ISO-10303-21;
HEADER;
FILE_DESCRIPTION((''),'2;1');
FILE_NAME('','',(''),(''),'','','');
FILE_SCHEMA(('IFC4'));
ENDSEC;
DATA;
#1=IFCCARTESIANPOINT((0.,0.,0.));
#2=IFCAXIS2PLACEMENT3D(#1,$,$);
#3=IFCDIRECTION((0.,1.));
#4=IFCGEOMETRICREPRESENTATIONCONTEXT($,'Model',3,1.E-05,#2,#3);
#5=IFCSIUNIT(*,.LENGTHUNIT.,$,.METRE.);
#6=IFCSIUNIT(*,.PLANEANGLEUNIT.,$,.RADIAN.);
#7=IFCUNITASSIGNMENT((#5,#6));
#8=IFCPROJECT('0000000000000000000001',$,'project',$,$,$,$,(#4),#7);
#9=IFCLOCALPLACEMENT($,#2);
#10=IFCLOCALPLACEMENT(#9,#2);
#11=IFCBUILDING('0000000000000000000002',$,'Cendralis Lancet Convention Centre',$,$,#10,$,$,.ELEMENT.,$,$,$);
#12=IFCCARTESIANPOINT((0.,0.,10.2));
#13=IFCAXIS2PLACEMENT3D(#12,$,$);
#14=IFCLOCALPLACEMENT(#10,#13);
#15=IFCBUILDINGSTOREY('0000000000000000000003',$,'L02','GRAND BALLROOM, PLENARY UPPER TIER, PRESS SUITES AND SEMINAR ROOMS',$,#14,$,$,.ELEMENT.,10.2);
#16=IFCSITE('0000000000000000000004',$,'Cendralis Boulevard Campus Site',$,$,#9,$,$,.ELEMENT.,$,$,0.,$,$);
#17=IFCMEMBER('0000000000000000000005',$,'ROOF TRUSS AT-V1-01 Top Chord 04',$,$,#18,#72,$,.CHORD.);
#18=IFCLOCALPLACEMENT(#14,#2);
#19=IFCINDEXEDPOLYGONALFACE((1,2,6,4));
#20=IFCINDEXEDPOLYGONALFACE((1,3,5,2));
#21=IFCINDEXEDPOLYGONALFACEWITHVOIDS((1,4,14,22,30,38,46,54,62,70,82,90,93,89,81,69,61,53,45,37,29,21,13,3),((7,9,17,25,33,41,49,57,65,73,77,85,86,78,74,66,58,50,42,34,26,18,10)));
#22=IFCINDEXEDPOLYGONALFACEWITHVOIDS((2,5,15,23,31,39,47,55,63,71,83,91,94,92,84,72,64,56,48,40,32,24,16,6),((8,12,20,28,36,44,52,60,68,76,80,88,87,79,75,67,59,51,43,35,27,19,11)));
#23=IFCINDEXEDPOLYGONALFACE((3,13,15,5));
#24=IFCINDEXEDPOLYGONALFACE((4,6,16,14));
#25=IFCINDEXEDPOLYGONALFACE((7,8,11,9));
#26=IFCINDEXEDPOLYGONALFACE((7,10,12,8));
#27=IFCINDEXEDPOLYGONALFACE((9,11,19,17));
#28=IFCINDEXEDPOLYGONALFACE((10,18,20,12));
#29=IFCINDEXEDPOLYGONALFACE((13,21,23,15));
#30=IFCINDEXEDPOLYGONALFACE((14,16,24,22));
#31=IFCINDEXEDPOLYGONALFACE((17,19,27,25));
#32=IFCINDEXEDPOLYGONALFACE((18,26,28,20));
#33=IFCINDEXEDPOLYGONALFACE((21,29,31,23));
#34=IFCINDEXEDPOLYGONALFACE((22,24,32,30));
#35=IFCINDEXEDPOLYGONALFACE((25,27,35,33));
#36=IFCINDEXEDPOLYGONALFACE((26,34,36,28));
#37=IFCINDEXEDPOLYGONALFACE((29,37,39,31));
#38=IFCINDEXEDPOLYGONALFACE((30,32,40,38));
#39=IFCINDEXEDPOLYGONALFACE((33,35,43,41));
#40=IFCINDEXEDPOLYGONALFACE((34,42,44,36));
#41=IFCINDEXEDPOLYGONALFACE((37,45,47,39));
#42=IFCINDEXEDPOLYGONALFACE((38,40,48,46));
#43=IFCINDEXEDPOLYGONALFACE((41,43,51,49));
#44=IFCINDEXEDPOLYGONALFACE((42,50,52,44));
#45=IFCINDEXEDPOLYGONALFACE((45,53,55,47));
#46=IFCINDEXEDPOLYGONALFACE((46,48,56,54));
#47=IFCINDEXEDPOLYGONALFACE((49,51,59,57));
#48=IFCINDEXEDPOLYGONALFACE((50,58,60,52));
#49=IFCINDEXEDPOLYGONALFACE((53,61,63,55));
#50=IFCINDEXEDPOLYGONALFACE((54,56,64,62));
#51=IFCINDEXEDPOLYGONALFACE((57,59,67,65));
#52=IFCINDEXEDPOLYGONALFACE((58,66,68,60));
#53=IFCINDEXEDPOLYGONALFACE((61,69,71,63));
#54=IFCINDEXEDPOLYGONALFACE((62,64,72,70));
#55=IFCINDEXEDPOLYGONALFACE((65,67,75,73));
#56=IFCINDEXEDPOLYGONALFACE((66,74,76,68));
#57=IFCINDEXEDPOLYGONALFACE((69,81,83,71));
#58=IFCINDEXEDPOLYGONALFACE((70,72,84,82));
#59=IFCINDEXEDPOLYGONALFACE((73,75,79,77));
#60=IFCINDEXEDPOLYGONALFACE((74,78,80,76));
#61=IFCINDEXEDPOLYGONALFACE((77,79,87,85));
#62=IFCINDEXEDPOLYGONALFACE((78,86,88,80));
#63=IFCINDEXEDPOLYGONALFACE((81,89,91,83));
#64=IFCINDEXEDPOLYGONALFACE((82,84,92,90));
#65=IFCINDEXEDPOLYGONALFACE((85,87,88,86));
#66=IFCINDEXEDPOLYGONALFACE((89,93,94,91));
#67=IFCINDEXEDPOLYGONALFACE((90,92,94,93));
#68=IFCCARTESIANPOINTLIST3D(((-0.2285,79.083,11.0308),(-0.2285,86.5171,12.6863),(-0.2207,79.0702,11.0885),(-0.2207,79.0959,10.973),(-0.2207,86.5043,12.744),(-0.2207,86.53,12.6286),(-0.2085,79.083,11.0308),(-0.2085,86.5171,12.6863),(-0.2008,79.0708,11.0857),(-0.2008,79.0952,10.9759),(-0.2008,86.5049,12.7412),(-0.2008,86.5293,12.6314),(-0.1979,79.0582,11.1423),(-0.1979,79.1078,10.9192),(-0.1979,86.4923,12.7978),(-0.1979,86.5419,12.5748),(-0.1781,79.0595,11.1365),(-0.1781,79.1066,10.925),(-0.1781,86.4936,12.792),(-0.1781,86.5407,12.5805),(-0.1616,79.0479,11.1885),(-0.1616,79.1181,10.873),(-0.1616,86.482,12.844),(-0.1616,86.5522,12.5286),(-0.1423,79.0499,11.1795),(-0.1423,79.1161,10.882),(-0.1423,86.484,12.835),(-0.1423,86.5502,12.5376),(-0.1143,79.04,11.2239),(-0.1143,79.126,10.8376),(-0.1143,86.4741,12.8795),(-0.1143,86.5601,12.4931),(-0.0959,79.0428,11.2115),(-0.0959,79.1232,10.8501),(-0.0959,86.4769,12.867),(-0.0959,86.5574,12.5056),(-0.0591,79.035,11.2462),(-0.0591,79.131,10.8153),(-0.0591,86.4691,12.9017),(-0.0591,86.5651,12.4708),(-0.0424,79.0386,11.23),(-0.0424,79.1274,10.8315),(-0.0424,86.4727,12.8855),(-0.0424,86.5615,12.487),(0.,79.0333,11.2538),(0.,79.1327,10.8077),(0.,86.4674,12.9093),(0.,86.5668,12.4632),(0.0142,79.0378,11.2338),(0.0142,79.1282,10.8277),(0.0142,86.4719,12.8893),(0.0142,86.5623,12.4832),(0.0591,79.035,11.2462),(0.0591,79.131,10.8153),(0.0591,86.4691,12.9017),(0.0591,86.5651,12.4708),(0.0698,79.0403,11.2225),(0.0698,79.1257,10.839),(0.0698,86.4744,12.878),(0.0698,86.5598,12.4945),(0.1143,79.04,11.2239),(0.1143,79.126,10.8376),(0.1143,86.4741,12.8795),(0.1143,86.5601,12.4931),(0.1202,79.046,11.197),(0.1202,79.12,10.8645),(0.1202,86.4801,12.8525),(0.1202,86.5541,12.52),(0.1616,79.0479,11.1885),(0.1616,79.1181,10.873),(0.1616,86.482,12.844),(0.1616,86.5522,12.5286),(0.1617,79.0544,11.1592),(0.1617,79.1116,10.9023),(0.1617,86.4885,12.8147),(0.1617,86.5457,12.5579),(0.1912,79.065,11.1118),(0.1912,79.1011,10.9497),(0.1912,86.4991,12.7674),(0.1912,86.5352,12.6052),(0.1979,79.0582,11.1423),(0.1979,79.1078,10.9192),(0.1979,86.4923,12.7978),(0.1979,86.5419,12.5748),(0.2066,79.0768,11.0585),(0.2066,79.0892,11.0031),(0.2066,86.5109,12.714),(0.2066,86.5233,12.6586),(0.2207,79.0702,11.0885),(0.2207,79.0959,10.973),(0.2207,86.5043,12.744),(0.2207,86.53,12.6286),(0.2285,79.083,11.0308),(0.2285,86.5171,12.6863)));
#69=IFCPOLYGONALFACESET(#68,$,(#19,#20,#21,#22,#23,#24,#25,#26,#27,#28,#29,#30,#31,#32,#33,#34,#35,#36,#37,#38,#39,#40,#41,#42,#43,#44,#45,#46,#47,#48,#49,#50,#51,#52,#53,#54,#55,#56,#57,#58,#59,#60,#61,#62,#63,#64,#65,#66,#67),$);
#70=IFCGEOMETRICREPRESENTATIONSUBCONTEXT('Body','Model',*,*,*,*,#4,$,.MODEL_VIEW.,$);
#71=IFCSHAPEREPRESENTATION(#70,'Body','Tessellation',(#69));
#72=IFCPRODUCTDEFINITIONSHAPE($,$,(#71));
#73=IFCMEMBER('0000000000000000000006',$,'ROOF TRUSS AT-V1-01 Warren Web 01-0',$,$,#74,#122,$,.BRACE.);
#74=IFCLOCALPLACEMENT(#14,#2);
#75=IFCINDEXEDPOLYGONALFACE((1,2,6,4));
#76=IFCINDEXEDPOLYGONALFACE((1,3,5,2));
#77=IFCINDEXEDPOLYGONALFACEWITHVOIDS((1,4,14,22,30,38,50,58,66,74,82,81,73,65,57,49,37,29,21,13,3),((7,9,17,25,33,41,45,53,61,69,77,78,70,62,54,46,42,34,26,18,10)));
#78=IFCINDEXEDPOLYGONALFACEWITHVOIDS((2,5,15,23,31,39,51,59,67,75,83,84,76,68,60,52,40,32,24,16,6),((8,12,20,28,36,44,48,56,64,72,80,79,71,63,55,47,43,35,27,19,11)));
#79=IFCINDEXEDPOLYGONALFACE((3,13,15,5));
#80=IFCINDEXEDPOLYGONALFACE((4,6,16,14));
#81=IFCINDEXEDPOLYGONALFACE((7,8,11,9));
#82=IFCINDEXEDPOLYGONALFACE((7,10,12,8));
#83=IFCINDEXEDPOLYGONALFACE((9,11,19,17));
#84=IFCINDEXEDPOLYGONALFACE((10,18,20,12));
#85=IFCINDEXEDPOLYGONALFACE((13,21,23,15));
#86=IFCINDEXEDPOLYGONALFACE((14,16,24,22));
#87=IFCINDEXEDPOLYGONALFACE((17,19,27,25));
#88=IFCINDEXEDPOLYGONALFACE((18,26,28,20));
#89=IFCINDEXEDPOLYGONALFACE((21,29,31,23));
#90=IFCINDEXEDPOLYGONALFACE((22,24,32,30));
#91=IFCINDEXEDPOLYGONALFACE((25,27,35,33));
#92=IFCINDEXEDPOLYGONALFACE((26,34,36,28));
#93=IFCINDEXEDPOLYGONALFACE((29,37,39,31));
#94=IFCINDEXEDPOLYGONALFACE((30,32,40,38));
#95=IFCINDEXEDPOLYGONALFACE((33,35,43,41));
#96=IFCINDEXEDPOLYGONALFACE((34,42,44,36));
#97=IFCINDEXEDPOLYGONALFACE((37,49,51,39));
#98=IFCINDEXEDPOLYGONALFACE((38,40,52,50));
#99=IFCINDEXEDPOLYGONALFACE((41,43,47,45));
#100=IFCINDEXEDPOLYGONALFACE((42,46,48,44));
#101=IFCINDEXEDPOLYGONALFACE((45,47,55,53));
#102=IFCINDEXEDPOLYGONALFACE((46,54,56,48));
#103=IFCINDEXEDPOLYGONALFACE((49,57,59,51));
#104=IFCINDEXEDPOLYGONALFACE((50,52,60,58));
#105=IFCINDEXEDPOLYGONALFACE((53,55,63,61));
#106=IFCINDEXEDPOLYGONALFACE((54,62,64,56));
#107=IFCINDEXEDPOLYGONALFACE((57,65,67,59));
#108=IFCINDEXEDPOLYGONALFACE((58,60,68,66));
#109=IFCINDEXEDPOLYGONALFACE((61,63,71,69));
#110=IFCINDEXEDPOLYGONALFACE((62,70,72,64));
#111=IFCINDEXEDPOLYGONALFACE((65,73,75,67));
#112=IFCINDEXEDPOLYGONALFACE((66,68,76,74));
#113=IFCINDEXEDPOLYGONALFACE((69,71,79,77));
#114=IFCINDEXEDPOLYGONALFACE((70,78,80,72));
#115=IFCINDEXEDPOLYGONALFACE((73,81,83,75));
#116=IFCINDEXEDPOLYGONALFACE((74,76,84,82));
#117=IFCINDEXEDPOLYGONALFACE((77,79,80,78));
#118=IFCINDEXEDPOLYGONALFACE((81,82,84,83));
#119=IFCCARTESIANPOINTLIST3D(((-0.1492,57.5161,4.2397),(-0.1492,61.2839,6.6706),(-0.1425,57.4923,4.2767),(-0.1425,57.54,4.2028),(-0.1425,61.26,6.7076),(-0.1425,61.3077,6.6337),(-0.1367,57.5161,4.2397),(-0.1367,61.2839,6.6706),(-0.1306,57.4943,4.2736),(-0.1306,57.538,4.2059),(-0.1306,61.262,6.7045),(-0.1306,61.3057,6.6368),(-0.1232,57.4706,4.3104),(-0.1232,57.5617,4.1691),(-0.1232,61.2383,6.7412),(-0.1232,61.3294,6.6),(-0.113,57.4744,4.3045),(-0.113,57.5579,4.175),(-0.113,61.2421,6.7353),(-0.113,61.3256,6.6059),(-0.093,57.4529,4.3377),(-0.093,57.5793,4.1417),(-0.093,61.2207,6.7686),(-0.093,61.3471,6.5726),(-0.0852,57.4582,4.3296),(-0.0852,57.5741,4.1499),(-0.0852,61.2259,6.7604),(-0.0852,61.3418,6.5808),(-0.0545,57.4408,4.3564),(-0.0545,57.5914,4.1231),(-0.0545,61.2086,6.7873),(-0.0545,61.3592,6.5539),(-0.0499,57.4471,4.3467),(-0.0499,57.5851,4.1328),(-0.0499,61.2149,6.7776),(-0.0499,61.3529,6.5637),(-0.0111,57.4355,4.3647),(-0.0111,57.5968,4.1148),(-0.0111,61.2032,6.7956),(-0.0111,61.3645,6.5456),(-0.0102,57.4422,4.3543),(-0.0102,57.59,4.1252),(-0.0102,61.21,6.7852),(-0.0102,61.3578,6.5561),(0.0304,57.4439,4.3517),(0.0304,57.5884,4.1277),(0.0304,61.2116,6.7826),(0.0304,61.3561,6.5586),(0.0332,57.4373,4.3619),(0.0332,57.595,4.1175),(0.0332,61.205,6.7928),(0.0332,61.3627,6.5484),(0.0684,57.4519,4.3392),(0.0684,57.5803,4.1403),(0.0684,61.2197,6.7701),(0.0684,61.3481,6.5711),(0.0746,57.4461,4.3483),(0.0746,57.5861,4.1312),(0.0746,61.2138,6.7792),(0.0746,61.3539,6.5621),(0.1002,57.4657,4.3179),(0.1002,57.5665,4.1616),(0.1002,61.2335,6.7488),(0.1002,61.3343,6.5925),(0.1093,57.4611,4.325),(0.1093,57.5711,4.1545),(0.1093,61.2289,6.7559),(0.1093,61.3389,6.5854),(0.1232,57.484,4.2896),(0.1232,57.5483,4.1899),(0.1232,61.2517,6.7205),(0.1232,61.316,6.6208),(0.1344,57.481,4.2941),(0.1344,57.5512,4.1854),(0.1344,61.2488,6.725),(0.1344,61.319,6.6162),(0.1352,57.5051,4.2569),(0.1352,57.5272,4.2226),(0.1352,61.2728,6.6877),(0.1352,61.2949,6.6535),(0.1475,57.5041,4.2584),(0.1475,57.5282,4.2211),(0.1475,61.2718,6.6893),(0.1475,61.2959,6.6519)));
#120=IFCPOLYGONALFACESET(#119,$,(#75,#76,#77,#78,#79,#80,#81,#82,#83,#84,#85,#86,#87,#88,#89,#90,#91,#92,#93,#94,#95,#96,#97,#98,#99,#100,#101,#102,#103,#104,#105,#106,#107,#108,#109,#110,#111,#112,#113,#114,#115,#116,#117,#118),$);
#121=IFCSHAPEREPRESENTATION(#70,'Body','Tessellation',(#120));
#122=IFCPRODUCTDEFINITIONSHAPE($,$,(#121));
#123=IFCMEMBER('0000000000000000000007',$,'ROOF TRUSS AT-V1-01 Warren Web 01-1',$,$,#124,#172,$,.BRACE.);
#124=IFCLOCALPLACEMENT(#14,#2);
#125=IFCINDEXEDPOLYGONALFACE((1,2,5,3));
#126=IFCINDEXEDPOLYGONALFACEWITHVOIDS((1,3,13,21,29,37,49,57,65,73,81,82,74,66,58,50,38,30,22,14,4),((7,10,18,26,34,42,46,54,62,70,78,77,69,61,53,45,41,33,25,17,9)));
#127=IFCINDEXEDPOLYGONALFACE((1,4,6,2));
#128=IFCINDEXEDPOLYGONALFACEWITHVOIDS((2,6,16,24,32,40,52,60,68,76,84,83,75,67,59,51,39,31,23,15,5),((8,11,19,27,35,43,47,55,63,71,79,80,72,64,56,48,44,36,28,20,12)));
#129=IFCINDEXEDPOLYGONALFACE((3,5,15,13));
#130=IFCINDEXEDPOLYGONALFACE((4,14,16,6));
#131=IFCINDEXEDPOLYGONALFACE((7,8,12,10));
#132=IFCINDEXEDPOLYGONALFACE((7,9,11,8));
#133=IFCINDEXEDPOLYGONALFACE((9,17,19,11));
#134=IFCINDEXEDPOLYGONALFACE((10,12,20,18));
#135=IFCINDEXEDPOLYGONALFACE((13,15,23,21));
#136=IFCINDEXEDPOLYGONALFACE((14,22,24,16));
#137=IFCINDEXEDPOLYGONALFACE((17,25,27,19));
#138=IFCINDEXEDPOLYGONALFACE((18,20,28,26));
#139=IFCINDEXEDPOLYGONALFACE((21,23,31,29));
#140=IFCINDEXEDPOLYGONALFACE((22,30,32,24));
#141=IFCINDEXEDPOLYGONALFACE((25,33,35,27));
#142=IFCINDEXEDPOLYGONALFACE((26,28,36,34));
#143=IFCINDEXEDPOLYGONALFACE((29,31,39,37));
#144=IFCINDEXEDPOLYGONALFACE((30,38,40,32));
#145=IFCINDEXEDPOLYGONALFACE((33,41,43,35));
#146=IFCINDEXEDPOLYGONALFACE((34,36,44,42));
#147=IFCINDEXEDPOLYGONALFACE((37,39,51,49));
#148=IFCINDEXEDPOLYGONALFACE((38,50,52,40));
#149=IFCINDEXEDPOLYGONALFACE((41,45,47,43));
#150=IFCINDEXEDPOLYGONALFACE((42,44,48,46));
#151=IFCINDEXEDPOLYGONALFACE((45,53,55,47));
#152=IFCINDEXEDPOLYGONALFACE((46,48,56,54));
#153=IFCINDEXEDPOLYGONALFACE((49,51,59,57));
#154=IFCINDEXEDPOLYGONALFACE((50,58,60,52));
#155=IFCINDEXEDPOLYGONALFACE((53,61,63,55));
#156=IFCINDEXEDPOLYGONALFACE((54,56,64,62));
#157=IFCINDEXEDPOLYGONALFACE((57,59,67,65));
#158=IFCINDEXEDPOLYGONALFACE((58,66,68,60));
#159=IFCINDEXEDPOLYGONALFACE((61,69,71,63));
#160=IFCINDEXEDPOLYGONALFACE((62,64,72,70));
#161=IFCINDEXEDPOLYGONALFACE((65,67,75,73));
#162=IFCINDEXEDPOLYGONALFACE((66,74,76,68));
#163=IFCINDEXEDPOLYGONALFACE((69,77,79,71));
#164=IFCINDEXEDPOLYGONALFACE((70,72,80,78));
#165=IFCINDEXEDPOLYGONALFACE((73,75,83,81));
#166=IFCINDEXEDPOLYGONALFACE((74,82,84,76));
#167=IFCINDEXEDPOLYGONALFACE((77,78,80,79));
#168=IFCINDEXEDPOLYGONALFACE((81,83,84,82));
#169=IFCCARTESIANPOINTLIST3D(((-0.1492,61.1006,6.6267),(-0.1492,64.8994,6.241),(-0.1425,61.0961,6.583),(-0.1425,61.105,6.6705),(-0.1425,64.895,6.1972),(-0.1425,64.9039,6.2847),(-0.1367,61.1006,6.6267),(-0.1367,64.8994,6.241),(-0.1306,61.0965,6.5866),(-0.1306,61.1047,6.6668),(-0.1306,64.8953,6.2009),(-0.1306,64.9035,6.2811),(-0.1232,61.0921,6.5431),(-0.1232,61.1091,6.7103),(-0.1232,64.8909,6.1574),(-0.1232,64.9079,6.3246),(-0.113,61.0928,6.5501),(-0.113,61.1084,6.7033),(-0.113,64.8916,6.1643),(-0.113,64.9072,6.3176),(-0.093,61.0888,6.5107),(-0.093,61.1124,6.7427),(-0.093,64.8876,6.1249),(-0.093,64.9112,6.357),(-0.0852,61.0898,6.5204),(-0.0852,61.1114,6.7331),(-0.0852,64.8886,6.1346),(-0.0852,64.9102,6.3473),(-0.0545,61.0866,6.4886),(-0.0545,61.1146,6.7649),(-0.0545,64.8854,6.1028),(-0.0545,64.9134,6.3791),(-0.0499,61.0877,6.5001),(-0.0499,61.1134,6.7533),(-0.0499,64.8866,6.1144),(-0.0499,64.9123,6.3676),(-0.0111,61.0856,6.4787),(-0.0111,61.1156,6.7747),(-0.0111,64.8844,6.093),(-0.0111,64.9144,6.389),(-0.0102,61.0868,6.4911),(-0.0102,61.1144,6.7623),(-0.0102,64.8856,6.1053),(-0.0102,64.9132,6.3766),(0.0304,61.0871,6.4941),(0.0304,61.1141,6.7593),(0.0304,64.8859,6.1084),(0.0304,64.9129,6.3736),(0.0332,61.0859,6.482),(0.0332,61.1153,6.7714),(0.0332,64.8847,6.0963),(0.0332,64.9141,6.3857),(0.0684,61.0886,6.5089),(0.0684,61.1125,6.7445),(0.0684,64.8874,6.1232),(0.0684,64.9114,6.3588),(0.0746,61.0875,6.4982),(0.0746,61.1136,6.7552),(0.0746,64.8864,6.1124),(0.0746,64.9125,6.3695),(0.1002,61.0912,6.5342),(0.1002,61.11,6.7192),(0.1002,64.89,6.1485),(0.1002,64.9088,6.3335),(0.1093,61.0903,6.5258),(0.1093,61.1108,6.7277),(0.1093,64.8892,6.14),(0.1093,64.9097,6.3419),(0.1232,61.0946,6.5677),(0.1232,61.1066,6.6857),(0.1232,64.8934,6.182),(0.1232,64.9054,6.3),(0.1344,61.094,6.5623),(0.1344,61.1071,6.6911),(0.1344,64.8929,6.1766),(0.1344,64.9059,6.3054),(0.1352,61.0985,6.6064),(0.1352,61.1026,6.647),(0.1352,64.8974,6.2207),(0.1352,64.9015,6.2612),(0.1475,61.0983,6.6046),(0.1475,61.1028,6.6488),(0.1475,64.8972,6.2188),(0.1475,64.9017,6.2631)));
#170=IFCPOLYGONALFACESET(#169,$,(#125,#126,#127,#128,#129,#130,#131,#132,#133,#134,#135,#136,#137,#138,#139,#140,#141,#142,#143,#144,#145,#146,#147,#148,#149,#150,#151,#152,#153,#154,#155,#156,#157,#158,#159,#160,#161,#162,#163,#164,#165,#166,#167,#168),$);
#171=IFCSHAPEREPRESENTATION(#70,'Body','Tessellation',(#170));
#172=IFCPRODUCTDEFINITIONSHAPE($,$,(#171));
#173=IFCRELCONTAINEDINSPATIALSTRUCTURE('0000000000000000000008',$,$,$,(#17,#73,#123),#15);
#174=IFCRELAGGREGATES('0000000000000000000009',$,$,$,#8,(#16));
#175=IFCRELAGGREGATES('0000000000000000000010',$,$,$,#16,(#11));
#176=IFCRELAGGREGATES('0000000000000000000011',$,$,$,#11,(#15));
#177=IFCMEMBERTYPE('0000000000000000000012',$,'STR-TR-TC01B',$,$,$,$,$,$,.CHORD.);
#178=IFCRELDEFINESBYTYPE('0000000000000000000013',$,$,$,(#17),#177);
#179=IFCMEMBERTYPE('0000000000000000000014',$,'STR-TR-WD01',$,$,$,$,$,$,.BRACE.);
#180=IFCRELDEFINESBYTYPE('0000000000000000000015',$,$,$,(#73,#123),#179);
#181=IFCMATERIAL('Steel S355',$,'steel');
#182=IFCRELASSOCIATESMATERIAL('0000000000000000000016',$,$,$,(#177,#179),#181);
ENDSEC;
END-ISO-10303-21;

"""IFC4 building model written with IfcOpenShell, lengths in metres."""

from ifc_helpers import new_model, si_unit, direction, frame, origin, origin_2d, place, context, subcontext, project, spatial, hollow_circle, extrude, material, material_profile, profile_set, type_object, element, save


model = new_model("IFC4")

# Units and contexts
model_context = context("Model", 3, precision=1e-05, world=origin(), true_north=direction((0.0, 1.0)))
body_context = subcontext(model_context, "Body", "Model", "MODEL_VIEW")
ifc_project = project(units=[si_unit("LENGTHUNIT", "METRE"), si_unit("PLANEANGLEUNIT", "RADIAN")], contexts=[model_context])

# Site, building, storey
site_placement = place(None, origin())
site = spatial("IfcSite", under=ifc_project, at=site_placement, Name="Cendralis Boulevard Campus Site", CompositionType="ELEMENT", RefElevation=0.0)
building_placement = place(site_placement, origin())
building = spatial("IfcBuilding", under=site, at=building_placement, Name="Cendralis Lancet Convention Centre", CompositionType="ELEMENT")
storey_placement = place(building_placement, frame((0.0, 0.0, 10.2)))
storey = spatial("IfcBuildingStorey", under=building, at=storey_placement, Name="L02", Description="GRAND BALLROOM, PLENARY UPPER TIER, PRESS SUITES AND SEMINAR ROOMS", CompositionType="ELEMENT", Elevation=10.2)

# Members
ifc_material = material(Name="Steel S355", Category="steel")
ifc_material_profile_1 = material_profile(ifc_material, hollow_circle(Radius=0.2285, WallThickness=0.02, at=origin_2d()), Name="CHS 457.0x20.0")
ifc_profile_set_1 = profile_set([ifc_material_profile_1], Name="Steel S355")
member_type_1 = type_object("IfcMemberType", Name="STR-TR-TC01B", PredefinedType="CHORD", material=ifc_profile_set_1)
member_1_placement = place(storey_placement, frame((0.0, 79.083, 11.0308), z_axis=(0.0, 0.97609, 0.217368), x_axis=(-1.0, 0.0, 0.0)))
element("IfcMember", 1, at=member_1_placement, inside=storey, type_object=member_type_1, Name="ROOF TRUSS AT-V1-01 Top Chord 04", PredefinedType="CHORD", context=body_context, shape_type="SweptSolid", body=[
    extrude(hollow_circle(Radius=0.2285, WallThickness=0.02, at=origin_2d()), origin(), (0.0, 0.0, 1.0), 7.6162),
])
ifc_material_profile_2 = material_profile(ifc_material, hollow_circle(Radius=0.1492, WallThickness=0.0125, at=origin_2d()), Name="CHS 298.5x12.5")
ifc_profile_set_2 = profile_set([ifc_material_profile_2], Name="Steel S355")
member_type_2 = type_object("IfcMemberType", Name="STR-TR-WD01", PredefinedType="BRACE", material=ifc_profile_set_2)
member_2_placement = place(storey_placement, frame((0.0, 57.5161, 4.2397), z_axis=(0.0, 0.840291, 0.542136), x_axis=(-1.0, 0.0, 0.0)))
element("IfcMember", 2, at=member_2_placement, inside=storey, type_object=member_type_2, Name="ROOF TRUSS AT-V1-01 Warren Web 01-0", PredefinedType="BRACE", context=body_context, shape_type="SweptSolid", body=[
    extrude(hollow_circle(Radius=0.1492, WallThickness=0.0125, at=origin_2d()), origin(), (0.0, 0.0, 1.0), 4.4839),
])
member_3_placement = place(storey_placement, frame((0.0, 61.1006, 6.6267), z_axis=(0.0, 0.994884, -0.101023), x_axis=(-1.0, 0.0, 0.0)))
element("IfcMember", 3, at=member_3_placement, inside=storey, type_object=member_type_2, Name="ROOF TRUSS AT-V1-01 Warren Web 01-1", PredefinedType="BRACE", context=body_context, shape_type="SweptSolid", body=[
    extrude(hollow_circle(Radius=0.1492, WallThickness=0.0125, at=origin_2d()), origin(), (0.0, 0.0, 1.0), 3.8184),
])

save(model, "model.ifc")
